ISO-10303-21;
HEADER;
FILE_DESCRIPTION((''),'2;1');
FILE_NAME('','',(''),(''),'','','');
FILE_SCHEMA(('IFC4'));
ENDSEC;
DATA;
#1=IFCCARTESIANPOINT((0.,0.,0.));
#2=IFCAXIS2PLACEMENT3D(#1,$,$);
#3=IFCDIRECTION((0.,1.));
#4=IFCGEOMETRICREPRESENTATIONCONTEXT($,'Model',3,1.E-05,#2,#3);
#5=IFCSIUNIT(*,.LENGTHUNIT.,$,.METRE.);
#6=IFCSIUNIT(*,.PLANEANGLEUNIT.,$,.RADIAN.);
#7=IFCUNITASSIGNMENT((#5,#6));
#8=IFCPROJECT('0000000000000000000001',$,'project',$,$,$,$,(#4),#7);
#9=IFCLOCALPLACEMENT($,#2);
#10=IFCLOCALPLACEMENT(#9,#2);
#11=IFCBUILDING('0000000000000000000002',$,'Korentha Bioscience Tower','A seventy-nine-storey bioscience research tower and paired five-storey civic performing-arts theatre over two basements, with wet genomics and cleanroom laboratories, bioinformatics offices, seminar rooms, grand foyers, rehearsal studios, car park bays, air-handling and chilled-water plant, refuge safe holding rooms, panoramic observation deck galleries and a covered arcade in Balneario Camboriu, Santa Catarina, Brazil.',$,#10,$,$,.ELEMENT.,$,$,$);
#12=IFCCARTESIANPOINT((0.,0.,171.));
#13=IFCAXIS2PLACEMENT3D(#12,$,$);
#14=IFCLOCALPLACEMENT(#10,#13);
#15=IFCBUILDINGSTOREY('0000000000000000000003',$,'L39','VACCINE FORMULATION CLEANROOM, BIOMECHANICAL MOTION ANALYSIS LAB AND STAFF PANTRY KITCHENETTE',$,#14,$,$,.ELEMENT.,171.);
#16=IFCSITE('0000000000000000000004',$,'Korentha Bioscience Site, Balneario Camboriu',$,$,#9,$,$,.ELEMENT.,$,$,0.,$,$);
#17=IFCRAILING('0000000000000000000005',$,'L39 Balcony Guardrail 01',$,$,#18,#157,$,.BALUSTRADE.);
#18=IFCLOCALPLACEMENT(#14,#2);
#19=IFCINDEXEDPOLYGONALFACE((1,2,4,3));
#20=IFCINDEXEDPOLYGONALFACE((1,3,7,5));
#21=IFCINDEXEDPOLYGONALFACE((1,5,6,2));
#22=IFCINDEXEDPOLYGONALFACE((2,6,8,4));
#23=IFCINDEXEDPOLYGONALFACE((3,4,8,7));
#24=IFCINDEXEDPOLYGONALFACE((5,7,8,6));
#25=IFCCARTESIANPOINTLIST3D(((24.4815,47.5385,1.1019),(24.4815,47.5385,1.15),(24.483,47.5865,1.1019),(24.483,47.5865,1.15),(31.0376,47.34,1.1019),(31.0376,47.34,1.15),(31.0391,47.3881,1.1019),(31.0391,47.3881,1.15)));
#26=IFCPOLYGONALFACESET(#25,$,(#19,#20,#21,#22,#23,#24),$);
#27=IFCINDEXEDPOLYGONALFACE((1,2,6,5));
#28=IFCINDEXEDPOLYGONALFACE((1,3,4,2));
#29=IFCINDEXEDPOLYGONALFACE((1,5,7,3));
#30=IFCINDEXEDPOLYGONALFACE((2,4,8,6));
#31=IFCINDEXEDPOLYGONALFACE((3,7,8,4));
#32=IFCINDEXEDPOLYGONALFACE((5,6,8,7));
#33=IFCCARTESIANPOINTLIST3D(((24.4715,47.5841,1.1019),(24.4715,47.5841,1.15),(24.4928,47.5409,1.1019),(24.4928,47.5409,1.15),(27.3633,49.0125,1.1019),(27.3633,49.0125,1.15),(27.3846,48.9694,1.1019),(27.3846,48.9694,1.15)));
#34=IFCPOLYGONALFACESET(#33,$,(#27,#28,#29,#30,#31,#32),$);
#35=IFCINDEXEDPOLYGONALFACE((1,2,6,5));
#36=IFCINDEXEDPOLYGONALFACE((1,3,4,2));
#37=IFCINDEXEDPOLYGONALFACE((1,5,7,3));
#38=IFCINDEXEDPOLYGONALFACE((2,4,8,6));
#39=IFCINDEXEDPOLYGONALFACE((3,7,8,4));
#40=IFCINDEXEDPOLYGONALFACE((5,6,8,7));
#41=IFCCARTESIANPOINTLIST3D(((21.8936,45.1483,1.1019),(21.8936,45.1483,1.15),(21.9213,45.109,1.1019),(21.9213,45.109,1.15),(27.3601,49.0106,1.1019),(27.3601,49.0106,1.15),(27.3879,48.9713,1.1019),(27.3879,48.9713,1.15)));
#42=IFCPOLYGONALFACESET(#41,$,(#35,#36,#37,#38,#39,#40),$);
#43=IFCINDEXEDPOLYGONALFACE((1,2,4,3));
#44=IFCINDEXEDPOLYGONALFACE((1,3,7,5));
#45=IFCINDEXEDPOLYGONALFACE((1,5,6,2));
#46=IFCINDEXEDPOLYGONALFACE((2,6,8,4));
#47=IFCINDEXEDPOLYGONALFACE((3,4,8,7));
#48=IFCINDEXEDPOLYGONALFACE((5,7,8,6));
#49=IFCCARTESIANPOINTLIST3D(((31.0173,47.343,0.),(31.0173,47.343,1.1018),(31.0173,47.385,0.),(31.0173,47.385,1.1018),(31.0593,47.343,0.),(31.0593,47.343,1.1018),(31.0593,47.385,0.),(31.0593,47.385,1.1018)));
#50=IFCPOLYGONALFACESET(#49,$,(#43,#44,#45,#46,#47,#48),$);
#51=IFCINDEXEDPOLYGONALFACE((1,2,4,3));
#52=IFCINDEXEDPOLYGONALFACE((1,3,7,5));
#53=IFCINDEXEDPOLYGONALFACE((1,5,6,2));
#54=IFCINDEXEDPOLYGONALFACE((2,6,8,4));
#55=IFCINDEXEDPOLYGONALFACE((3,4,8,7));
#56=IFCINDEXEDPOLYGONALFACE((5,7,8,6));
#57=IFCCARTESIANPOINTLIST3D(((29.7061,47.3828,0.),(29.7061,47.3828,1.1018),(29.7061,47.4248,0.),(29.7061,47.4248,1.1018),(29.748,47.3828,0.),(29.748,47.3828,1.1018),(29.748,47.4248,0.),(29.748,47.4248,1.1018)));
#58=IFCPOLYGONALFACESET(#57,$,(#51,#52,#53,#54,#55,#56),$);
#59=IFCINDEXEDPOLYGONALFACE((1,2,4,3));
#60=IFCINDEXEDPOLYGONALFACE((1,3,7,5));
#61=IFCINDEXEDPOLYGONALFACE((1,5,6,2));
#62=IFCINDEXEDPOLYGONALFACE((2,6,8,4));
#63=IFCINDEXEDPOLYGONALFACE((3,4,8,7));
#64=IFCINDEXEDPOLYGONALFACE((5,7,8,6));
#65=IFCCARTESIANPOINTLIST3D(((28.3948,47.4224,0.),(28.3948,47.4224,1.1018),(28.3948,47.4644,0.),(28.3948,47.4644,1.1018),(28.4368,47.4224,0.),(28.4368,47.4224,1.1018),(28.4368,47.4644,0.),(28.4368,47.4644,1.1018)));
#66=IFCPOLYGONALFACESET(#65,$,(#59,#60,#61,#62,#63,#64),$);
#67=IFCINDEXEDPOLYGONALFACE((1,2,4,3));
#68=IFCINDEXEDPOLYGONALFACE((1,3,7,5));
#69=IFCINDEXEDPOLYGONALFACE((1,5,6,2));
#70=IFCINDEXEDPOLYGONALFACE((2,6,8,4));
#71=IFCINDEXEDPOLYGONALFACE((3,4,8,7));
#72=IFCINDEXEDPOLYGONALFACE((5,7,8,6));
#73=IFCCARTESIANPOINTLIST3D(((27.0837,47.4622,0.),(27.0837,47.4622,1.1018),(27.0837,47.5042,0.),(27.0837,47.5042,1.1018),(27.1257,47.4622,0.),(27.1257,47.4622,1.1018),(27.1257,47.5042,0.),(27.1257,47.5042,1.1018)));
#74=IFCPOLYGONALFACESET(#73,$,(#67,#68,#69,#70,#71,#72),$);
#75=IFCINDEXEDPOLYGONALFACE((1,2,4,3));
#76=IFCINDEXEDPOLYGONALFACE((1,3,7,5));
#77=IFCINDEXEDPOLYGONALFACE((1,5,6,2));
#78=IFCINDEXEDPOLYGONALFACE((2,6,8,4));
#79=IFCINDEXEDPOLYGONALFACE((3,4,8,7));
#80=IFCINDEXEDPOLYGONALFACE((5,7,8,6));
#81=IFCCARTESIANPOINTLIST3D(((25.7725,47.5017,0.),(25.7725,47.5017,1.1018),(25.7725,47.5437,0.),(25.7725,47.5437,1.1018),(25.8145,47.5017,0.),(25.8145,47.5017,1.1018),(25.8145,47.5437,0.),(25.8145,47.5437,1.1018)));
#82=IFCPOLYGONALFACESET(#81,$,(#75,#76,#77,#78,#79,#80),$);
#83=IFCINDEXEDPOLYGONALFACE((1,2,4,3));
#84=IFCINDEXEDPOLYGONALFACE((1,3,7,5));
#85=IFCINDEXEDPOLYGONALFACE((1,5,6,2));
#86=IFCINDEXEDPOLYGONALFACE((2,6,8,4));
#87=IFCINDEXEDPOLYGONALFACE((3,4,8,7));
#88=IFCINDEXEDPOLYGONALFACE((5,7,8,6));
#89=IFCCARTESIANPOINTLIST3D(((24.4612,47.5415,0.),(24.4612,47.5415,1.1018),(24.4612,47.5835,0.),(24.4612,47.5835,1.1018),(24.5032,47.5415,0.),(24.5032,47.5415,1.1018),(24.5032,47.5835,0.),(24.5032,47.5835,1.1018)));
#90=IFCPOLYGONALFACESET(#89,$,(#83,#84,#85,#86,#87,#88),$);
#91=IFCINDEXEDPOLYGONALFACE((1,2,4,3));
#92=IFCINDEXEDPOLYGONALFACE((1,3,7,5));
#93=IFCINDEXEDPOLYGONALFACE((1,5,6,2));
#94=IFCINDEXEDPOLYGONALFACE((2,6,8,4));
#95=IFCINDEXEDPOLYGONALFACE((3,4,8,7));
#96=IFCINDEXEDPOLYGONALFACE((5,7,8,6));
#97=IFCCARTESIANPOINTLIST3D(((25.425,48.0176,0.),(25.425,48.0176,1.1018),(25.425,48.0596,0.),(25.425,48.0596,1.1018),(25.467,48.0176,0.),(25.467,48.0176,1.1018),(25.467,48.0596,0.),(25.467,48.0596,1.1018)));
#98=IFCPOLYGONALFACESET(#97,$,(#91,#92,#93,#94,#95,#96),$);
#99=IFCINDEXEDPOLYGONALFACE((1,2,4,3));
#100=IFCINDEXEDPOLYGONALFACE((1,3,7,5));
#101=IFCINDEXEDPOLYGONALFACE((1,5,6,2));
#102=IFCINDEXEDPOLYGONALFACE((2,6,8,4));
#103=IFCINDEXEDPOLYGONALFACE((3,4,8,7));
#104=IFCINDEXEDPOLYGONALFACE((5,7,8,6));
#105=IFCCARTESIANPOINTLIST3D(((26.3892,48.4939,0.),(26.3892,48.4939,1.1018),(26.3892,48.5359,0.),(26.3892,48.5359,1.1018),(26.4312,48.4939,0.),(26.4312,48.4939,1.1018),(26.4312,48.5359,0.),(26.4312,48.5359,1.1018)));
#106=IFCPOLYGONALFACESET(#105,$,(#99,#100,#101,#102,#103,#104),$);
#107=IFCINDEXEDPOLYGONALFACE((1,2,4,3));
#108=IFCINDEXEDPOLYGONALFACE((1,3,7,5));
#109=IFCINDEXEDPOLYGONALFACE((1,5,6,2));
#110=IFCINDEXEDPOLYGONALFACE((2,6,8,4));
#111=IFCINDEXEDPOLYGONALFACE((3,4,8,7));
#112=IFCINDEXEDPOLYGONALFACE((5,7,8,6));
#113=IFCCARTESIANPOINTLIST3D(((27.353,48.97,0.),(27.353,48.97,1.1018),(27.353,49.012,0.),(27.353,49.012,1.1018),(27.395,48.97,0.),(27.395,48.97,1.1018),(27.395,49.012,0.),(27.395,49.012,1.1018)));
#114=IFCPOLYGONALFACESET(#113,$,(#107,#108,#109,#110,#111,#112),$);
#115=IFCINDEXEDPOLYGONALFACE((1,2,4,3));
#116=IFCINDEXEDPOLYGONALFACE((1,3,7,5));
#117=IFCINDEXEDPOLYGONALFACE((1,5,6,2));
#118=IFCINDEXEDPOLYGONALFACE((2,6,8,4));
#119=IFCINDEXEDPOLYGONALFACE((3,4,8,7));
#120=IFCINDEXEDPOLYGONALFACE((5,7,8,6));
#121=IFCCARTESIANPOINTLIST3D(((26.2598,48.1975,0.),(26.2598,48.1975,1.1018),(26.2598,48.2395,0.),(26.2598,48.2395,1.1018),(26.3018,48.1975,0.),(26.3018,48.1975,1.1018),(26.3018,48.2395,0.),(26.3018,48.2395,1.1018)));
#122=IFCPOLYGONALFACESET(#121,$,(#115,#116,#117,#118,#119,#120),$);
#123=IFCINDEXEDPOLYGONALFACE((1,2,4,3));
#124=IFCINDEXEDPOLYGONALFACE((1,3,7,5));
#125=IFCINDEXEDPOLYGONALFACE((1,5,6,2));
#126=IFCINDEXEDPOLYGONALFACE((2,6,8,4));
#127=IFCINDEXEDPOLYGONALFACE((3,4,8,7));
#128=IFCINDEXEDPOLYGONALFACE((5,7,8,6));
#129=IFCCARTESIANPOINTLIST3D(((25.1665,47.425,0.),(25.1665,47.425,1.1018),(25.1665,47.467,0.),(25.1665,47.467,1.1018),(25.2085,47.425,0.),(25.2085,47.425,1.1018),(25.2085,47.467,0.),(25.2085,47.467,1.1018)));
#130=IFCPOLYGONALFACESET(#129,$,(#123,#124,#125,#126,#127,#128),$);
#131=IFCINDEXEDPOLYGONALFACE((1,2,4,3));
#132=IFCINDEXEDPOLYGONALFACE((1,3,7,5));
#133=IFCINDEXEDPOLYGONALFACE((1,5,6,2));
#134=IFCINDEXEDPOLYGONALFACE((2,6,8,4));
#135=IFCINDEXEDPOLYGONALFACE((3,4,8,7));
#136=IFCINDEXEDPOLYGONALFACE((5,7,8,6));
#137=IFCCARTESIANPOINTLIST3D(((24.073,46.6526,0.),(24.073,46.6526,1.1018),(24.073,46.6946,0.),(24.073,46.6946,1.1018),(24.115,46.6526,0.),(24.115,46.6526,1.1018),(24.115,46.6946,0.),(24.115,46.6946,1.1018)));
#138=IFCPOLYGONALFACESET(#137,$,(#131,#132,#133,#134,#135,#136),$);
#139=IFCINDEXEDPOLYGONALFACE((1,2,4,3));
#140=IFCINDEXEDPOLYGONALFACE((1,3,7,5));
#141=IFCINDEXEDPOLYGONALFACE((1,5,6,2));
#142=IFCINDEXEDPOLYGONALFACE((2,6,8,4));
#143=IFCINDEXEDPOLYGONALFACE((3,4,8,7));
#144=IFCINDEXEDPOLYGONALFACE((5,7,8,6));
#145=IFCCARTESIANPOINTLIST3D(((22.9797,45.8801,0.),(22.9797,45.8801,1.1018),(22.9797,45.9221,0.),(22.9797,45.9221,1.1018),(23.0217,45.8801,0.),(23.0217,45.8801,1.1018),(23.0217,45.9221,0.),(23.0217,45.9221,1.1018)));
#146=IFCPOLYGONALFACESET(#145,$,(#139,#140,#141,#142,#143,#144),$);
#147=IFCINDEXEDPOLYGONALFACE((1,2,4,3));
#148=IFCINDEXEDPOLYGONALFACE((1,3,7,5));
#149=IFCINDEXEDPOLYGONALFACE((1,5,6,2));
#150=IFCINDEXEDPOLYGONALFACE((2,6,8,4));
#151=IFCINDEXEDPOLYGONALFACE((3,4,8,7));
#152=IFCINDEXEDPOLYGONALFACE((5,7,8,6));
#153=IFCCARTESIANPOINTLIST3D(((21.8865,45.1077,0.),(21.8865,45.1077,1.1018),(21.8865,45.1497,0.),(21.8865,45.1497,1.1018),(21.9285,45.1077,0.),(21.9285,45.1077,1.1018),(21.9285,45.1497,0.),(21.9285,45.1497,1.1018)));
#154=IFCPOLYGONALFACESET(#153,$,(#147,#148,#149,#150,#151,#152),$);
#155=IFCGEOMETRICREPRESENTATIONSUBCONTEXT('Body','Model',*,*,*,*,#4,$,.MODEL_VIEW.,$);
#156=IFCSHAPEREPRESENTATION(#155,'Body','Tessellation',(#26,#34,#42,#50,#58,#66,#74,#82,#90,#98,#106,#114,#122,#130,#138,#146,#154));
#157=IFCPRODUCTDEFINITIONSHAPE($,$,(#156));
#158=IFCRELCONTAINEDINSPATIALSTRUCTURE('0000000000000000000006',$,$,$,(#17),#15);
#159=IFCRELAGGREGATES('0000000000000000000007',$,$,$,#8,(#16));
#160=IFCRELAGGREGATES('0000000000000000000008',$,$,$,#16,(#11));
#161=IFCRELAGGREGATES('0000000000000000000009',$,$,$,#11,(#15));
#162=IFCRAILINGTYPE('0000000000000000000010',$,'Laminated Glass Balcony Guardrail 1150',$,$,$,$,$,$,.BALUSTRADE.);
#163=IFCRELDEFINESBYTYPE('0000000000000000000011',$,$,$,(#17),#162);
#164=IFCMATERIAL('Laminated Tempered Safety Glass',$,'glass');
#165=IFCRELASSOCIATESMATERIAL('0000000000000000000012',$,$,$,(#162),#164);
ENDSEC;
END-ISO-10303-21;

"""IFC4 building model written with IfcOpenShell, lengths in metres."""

from ifc_helpers import new_model, si_unit, direction, frame, origin, origin_2d, place, context, subcontext, project, spatial, rectangle, extrude, material, type_object, element, save


model = new_model("IFC4")

# Units and contexts
model_context = context("Model", 3, precision=1e-05, world=origin(), true_north=direction((0.0, 1.0)))
body_context = subcontext(model_context, "Body", "Model", "MODEL_VIEW")
ifc_project = project(units=[si_unit("LENGTHUNIT", "METRE"), si_unit("PLANEANGLEUNIT", "RADIAN")], contexts=[model_context])

# Site, building, storey
site_placement = place(None, origin())
site = spatial("IfcSite", under=ifc_project, at=site_placement, Name="Korentha Bioscience Site, Balneario Camboriu", CompositionType="ELEMENT", RefElevation=0.0)
building_placement = place(site_placement, origin())
building = spatial("IfcBuilding", under=site, at=building_placement, Name="Korentha Bioscience Tower", Description="A seventy-nine-storey bioscience research tower and paired five-storey civic performing-arts theatre over two basements, with wet genomics and cleanroom laboratories, bioinformatics offices, seminar rooms, grand foyers, rehearsal studios, car park bays, air-handling and chilled-water plant, refuge safe holding rooms, panoramic observation deck galleries and a covered arcade in Balneario Camboriu, Santa Catarina, Brazil.", CompositionType="ELEMENT")
storey_placement = place(building_placement, frame((0.0, 0.0, 171.0)))
storey = spatial("IfcBuildingStorey", under=building, at=storey_placement, Name="L39", Description="VACCINE FORMULATION CLEANROOM, BIOMECHANICAL MOTION ANALYSIS LAB AND STAFF PANTRY KITCHENETTE", CompositionType="ELEMENT", Elevation=171.0)

# Railing
ifc_material_1 = material(Name="Laminated Tempered Safety Glass", Category="glass")
railing_type = type_object("IfcRailingType", Name="Laminated Glass Balcony Guardrail 1150", PredefinedType="BALUSTRADE", material=ifc_material_1)
railing_placement = place(storey_placement, frame((31.0383, 47.364, 0.0)))
element("IfcRailing", 1, at=railing_placement, inside=storey, type_object=railing_type, Name="L39 Balcony Guardrail 01", PredefinedType="BALUSTRADE", context=body_context, shape_type="SweptSolid", body=[
    extrude(rectangle(XDim=0.0481, YDim=0.0481, at=origin_2d()), frame((0.0, 0.0, 1.126), z_axis=(-0.999542, 0.030261, 0.0), x_axis=(-0.030261, -0.999542, 0.0)), (0.0, 0.0, 1.0), 6.5591),
    extrude(rectangle(XDim=0.0481, YDim=0.0481, at=origin_2d()), frame((-6.5562, 0.1985, 1.126), z_axis=(0.896582, 0.442879, 0.0), x_axis=(-0.442879, 0.896582, 0.0)), (0.0, 0.0, 1.0), 3.2253),
    extrude(rectangle(XDim=0.0481, YDim=0.0481, at=origin_2d()), frame((-3.6643, 1.627, 1.126), z_axis=(-0.816717, -0.577038, 0.0), x_axis=(0.577038, -0.816717, 0.0)), (0.0, 0.0, 1.0), 6.6934),
    extrude(rectangle(XDim=0.042, YDim=0.042, at=origin_2d()), origin(), (0.0, 0.0, 1.0), 1.1018),
    extrude(rectangle(XDim=0.042, YDim=0.042, at=origin_2d()), frame((-1.3113, 0.0398, 0.0)), (0.0, 0.0, 1.0), 1.1018),
    extrude(rectangle(XDim=0.042, YDim=0.042, at=origin_2d()), frame((-2.6226, 0.0793, 0.0)), (0.0, 0.0, 1.0), 1.1018),
    extrude(rectangle(XDim=0.042, YDim=0.042, at=origin_2d()), frame((-3.9336, 0.1191, 0.0)), (0.0, 0.0, 1.0), 1.1018),
    extrude(rectangle(XDim=0.042, YDim=0.042, at=origin_2d()), frame((-5.2449, 0.1587, 0.0)), (0.0, 0.0, 1.0), 1.1018),
    extrude(rectangle(XDim=0.042, YDim=0.042, at=origin_2d()), frame((-6.5562, 0.1985, 0.0)), (0.0, 0.0, 1.0), 1.1018),
    extrude(rectangle(XDim=0.042, YDim=0.042, at=origin_2d()), frame((-5.5923, 0.6746, 0.0)), (0.0, 0.0, 1.0), 1.1018),
    extrude(rectangle(XDim=0.042, YDim=0.042, at=origin_2d()), frame((-4.6282, 1.1509, 0.0)), (0.0, 0.0, 1.0), 1.1018),
    extrude(rectangle(XDim=0.042, YDim=0.042, at=origin_2d()), frame((-3.6643, 1.627, 0.0)), (0.0, 0.0, 1.0), 1.1018),
    extrude(rectangle(XDim=0.042, YDim=0.042, at=origin_2d()), frame((-4.7576, 0.8545, 0.0)), (0.0, 0.0, 1.0), 1.1018),
    extrude(rectangle(XDim=0.042, YDim=0.042, at=origin_2d()), frame((-5.8508, 0.082, 0.0)), (0.0, 0.0, 1.0), 1.1018),
    extrude(rectangle(XDim=0.042, YDim=0.042, at=origin_2d()), frame((-6.9443, -0.6904, 0.0)), (0.0, 0.0, 1.0), 1.1018),
    extrude(rectangle(XDim=0.042, YDim=0.042, at=origin_2d()), frame((-8.0376, -1.4629, 0.0)), (0.0, 0.0, 1.0), 1.1018),
    extrude(rectangle(XDim=0.042, YDim=0.042, at=origin_2d()), frame((-9.1309, -2.2354, 0.0)), (0.0, 0.0, 1.0), 1.1018),
])

save(model, "model.ifc")
